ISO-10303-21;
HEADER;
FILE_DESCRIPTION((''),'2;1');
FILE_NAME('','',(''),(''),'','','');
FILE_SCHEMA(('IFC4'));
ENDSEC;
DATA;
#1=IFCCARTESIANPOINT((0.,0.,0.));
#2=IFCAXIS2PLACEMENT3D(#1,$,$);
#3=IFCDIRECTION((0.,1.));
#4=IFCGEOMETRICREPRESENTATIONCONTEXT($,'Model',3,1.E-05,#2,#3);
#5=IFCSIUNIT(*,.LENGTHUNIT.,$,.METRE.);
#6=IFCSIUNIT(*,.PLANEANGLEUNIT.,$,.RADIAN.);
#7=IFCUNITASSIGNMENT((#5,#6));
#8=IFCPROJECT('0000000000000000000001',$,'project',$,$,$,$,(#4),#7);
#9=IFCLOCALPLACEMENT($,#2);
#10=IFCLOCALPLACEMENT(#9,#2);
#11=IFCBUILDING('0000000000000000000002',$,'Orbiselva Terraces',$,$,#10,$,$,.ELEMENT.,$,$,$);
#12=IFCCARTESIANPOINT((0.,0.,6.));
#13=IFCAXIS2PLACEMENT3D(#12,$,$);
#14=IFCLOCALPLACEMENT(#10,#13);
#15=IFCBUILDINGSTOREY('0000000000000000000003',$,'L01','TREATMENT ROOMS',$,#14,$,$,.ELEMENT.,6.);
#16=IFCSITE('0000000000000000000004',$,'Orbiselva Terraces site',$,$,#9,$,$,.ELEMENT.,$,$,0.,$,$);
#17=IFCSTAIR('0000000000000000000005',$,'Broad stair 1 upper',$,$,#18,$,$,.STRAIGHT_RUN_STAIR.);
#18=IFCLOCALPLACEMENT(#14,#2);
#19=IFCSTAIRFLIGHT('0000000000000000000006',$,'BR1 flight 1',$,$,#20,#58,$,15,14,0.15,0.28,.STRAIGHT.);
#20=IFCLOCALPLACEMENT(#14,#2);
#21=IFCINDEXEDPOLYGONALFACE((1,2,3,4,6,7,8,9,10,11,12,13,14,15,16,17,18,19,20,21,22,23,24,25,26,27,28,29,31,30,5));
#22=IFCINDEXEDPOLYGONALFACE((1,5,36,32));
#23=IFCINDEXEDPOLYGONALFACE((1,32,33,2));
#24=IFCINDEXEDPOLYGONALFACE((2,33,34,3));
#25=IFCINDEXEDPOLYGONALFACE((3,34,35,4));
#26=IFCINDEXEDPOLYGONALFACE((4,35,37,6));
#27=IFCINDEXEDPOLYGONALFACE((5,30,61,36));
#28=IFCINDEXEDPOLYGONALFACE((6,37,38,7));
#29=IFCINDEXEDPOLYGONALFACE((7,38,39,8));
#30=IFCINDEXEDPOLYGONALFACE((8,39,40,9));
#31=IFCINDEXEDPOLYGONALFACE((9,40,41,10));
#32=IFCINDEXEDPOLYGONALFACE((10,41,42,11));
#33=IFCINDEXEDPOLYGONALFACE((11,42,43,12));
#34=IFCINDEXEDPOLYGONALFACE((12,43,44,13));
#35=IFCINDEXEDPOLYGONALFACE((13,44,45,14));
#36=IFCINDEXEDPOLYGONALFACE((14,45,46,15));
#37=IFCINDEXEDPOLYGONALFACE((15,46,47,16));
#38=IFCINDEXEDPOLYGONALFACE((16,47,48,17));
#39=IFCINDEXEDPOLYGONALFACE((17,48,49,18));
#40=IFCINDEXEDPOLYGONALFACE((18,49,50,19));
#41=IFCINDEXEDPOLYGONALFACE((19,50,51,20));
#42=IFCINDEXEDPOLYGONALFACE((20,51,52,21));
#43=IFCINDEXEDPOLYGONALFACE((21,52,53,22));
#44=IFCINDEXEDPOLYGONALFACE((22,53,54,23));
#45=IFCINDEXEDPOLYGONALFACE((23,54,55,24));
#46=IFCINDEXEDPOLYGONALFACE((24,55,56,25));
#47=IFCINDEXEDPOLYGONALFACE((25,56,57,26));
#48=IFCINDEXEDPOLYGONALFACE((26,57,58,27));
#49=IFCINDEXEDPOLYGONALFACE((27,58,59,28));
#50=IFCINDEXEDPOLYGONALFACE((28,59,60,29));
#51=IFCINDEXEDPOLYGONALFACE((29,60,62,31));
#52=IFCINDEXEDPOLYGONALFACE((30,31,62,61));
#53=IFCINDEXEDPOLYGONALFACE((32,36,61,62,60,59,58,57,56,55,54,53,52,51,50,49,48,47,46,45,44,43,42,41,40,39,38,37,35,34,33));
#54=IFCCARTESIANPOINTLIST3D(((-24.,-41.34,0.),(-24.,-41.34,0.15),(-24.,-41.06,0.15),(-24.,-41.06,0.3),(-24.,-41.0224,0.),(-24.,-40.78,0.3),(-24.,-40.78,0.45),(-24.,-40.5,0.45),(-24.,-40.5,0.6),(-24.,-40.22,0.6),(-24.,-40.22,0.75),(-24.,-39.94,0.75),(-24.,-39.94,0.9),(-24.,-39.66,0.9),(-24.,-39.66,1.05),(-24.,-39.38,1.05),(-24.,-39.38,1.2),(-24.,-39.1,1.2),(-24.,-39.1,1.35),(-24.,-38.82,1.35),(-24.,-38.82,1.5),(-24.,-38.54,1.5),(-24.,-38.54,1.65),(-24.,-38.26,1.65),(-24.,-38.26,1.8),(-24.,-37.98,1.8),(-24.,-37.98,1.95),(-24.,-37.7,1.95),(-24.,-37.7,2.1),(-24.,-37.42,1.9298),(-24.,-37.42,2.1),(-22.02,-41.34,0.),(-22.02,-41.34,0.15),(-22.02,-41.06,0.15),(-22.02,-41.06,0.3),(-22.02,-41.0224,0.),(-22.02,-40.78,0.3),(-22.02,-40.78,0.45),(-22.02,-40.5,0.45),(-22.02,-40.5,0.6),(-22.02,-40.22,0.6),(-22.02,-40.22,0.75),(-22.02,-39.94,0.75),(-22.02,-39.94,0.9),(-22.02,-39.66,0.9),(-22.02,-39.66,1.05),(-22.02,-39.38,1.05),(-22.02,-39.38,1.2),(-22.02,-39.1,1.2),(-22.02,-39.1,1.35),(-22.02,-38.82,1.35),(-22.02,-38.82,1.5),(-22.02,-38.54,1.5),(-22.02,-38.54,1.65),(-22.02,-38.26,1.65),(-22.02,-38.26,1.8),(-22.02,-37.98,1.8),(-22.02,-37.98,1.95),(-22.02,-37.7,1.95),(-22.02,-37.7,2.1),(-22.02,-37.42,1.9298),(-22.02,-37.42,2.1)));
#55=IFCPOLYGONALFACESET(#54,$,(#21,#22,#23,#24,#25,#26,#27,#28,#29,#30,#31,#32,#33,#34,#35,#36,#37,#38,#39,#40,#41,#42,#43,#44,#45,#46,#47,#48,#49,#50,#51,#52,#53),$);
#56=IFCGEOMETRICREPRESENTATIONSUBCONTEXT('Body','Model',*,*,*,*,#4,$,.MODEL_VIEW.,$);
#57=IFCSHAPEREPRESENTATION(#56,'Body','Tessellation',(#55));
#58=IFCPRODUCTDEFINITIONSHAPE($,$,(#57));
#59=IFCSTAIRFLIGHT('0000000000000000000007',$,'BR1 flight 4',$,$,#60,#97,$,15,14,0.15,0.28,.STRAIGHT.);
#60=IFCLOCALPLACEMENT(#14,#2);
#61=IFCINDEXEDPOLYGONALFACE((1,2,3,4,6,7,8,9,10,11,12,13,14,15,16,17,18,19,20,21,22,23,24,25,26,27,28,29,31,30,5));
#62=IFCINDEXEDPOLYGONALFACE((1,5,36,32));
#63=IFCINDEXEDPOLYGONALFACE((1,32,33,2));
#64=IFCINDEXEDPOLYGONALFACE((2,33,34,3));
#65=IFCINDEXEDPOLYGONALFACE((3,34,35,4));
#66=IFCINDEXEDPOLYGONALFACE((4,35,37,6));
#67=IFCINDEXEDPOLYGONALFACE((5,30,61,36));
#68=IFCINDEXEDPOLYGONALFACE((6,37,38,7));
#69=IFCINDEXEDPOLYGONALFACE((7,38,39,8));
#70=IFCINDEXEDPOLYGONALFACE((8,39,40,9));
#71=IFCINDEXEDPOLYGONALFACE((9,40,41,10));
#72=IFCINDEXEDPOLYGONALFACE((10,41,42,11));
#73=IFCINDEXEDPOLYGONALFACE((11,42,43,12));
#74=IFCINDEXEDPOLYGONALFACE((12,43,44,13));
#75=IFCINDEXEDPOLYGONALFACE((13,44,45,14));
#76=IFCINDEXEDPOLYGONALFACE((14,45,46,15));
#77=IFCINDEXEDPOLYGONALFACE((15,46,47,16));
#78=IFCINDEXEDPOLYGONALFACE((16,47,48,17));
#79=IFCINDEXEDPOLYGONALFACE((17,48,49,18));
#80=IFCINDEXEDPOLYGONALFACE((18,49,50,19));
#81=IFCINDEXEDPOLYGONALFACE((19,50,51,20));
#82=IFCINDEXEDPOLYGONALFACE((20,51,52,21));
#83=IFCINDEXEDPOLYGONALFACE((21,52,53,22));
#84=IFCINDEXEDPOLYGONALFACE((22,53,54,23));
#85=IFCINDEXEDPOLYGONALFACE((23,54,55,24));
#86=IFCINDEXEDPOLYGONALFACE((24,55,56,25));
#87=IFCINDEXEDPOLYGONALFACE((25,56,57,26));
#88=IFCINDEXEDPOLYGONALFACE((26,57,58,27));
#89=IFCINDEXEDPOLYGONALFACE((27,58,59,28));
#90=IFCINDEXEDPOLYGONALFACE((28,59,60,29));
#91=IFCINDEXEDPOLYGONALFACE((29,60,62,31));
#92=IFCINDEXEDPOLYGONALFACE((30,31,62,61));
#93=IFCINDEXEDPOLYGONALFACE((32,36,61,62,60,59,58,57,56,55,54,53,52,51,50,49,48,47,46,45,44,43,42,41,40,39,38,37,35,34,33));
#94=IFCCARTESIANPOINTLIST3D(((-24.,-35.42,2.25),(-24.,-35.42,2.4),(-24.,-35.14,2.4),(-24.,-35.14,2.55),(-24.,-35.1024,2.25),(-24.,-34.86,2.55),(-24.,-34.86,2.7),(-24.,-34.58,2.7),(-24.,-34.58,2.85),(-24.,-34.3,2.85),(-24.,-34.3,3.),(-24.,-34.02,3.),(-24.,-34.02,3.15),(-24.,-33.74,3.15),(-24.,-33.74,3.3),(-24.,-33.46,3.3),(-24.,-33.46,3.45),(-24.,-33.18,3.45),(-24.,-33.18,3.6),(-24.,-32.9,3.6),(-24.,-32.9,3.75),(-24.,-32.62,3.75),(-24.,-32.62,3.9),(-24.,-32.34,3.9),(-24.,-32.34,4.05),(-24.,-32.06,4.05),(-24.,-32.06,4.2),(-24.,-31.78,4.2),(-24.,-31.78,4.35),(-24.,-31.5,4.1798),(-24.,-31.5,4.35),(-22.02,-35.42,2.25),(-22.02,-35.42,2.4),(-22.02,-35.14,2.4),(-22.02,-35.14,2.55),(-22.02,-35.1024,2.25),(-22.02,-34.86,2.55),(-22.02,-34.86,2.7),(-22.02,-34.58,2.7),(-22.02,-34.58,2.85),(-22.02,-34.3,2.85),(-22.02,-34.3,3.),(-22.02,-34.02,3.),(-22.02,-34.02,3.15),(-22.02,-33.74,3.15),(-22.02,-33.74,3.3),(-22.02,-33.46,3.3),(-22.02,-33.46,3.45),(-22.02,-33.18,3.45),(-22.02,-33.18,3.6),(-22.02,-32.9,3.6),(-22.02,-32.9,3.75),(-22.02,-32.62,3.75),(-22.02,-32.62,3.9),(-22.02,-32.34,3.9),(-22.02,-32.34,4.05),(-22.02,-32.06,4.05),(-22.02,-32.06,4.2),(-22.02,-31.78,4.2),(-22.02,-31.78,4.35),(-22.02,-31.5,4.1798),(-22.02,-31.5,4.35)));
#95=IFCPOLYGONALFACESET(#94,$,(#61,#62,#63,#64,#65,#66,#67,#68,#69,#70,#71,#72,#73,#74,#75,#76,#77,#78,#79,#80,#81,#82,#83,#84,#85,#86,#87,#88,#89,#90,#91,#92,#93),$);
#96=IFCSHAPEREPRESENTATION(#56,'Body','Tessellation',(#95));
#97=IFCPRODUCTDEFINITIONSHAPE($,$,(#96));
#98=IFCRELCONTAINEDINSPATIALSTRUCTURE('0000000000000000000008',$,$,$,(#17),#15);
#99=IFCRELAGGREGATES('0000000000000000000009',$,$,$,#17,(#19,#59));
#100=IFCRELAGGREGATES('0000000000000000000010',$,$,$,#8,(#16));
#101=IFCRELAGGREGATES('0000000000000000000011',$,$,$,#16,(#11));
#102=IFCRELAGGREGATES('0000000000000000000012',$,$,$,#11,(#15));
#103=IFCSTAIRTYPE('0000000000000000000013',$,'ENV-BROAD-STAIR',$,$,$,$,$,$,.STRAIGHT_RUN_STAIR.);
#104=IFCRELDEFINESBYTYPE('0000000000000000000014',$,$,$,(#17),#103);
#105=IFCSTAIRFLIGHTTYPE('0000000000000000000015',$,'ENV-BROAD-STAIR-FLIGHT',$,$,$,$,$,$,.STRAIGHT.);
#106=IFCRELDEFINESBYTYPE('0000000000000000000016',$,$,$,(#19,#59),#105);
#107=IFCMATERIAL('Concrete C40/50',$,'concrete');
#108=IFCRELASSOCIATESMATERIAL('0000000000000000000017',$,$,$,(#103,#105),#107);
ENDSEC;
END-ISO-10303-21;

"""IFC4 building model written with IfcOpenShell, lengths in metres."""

from ifc_helpers import new_model, si_unit, direction, frame, origin, place, context, subcontext, project, spatial, polyline, outline, extrude, material, type_object, element, aggregate, save


model = new_model("IFC4")

# Units and contexts
model_context = context("Model", 3, precision=1e-05, world=origin(), true_north=direction((0.0, 1.0)))
body_context = subcontext(model_context, "Body", "Model", "MODEL_VIEW")
ifc_project = project(units=[si_unit("LENGTHUNIT", "METRE"), si_unit("PLANEANGLEUNIT", "RADIAN")], contexts=[model_context])

# Site, building, storey
site_placement = place(None, origin())
site = spatial("IfcSite", under=ifc_project, at=site_placement, Name="Orbiselva Terraces site", CompositionType="ELEMENT", RefElevation=0.0)
building_placement = place(site_placement, origin())
building = spatial("IfcBuilding", under=site, at=building_placement, Name="Orbiselva Terraces", CompositionType="ELEMENT")
storey_placement = place(building_placement, frame((0.0, 0.0, 6.0)))
storey = spatial("IfcBuildingStorey", under=building, at=storey_placement, Name="L01", Description="TREATMENT ROOMS", CompositionType="ELEMENT", Elevation=6.0)

# Shared definitions
ifc_material_1 = material(Name="Concrete C40/50", Category="concrete")

# Stair, stair flights
stair_type = type_object("IfcStairType", Name="ENV-BROAD-STAIR", PredefinedType="STRAIGHT_RUN_STAIR", material=ifc_material_1)
stair_placement = place(storey_placement, origin())
stair = element("IfcStair", 1, at=stair_placement, inside=storey, type_object=stair_type, Name="Broad stair 1 upper", PredefinedType="STRAIGHT_RUN_STAIR")
stair_flight_type = type_object("IfcStairFlightType", Name="ENV-BROAD-STAIR-FLIGHT", PredefinedType="STRAIGHT", material=ifc_material_1)
stair_flight_1_placement = place(storey_placement, frame((-23.01, -41.34, 0.0), z_axis=(0.0, 0.0, 1.0), x_axis=(0.0, 1.0, 0.0)))
stair_flight_1 = element("IfcStairFlight", 2, at=stair_flight_1_placement, type_object=stair_flight_type, Name="BR1 flight 1", NumberOfRisers=15, NumberOfTreads=14, PredefinedType="STRAIGHT", RiserHeight=0.15, TreadLength=0.28, context=body_context, shape_type="SweptSolid", body=[
    extrude(outline(polyline([(0.0, 0.0), (0.0, 0.15), (0.28, 0.15), (0.28, 0.3), (0.56, 0.3), (0.56, 0.45), (0.84, 0.45), (0.84, 0.6), (1.12, 0.6), (1.12, 0.75), (1.4, 0.75), (1.4, 0.9), (1.68, 0.9), (1.68, 1.05), (1.96, 1.05), (1.96, 1.2), (2.24, 1.2), (2.24, 1.35), (2.52, 1.35), (2.52, 1.5), (2.8, 1.5), (2.8, 1.65), (3.08, 1.65), (3.08, 1.8), (3.36, 1.8), (3.36, 1.95), (3.64, 1.95), (3.64, 2.1), (3.92, 2.1), (3.92, 2.25), (3.92, 1.9298), (0.3176, 0.0), (0.0, 0.0)])), frame((0.0, 0.99, 0.0), z_axis=(0.0, -1.0, 0.0), x_axis=(1.0, 0.0, 0.0)), (0.0, 0.0, 1.0), 1.98),
])
stair_flight_2_placement = place(storey_placement, frame((-23.01, -35.42, 2.25), z_axis=(0.0, 0.0, 1.0), x_axis=(0.0, 1.0, 0.0)))
stair_flight_2 = element("IfcStairFlight", 3, at=stair_flight_2_placement, type_object=stair_flight_type, Name="BR1 flight 4", NumberOfRisers=15, NumberOfTreads=14, PredefinedType="STRAIGHT", RiserHeight=0.15, TreadLength=0.28, context=body_context, shape_type="SweptSolid", body=[
    extrude(outline(polyline([(0.0, 0.0), (0.0, 0.15), (0.28, 0.15), (0.28, 0.3), (0.56, 0.3), (0.56, 0.45), (0.84, 0.45), (0.84, 0.6), (1.12, 0.6), (1.12, 0.75), (1.4, 0.75), (1.4, 0.9), (1.68, 0.9), (1.68, 1.05), (1.96, 1.05), (1.96, 1.2), (2.24, 1.2), (2.24, 1.35), (2.52, 1.35), (2.52, 1.5), (2.8, 1.5), (2.8, 1.65), (3.08, 1.65), (3.08, 1.8), (3.36, 1.8), (3.36, 1.95), (3.64, 1.95), (3.64, 2.1), (3.92, 2.1), (3.92, 2.25), (3.92, 1.9298), (0.3176, 0.0), (0.0, 0.0)])), frame((0.0, 0.99, 0.0), z_axis=(0.0, -1.0, 0.0), x_axis=(1.0, 0.0, 0.0)), (0.0, 0.0, 1.0), 1.98),
])
aggregate(stair, [stair_flight_1, stair_flight_2])

save(model, "model.ifc")
